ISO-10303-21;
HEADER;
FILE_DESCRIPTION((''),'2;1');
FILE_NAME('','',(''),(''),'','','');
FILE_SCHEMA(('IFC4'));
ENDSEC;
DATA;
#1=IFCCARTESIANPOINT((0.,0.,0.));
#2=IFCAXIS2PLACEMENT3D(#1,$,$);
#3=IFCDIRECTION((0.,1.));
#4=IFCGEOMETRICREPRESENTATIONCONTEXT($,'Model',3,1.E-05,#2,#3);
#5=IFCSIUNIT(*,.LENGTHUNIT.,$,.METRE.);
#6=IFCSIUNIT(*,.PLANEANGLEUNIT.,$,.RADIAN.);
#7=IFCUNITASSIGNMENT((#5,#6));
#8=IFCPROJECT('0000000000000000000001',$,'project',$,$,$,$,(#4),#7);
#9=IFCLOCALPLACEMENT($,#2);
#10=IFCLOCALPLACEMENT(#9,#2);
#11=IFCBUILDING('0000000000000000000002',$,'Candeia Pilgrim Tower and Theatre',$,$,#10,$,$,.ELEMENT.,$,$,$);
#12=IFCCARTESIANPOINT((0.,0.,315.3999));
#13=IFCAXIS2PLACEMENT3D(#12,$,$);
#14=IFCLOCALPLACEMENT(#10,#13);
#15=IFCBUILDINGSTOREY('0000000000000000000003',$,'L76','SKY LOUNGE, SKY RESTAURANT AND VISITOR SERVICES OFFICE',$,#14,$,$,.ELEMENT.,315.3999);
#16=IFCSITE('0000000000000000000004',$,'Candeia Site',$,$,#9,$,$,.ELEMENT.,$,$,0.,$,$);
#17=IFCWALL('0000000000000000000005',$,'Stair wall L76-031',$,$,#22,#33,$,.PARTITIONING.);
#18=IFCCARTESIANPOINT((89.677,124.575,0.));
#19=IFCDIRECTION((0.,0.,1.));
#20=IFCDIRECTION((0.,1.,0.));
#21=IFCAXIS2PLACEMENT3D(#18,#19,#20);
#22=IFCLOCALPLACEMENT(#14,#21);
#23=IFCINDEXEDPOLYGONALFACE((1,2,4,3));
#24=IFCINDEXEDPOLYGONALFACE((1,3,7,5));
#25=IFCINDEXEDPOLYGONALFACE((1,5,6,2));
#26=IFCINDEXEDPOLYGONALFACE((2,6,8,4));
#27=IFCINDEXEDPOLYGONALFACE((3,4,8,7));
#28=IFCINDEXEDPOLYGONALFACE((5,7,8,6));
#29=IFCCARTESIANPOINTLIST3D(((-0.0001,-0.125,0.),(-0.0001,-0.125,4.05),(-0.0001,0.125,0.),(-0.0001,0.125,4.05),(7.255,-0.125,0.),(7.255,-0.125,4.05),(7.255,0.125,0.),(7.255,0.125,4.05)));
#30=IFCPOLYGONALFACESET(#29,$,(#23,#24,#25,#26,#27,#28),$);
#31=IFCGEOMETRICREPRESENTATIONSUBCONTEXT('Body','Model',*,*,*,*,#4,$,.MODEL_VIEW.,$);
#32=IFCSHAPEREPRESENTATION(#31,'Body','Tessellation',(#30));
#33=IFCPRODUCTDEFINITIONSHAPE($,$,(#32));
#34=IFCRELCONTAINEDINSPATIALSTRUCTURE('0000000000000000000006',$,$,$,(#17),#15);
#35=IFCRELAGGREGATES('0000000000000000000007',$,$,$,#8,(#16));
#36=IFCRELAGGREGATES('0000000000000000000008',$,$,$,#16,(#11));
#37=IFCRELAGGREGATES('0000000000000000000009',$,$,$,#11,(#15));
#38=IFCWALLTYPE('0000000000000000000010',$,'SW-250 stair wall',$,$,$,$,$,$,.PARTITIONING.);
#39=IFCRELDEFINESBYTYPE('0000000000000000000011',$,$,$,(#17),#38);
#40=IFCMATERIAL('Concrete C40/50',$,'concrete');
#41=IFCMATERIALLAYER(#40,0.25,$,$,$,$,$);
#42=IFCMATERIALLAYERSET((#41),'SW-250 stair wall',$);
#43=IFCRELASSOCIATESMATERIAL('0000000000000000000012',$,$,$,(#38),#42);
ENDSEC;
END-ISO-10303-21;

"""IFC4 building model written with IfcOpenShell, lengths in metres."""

from ifc_helpers import new_model, si_unit, direction, frame, frame_2d, origin, place, context, subcontext, project, spatial, rectangle, extrude, material, layer, layer_set, type_object, element, save


model = new_model("IFC4")

# Units and contexts
model_context = context("Model", 3, precision=1e-05, world=origin(), true_north=direction((0.0, 1.0)))
body_context = subcontext(model_context, "Body", "Model", "MODEL_VIEW")
ifc_project = project(units=[si_unit("LENGTHUNIT", "METRE"), si_unit("PLANEANGLEUNIT", "RADIAN")], contexts=[model_context])

# Site, building, storey
site_placement = place(None, origin())
site = spatial("IfcSite", under=ifc_project, at=site_placement, Name="Candeia Site", CompositionType="ELEMENT", RefElevation=0.0)
building_placement = place(site_placement, origin())
building = spatial("IfcBuilding", under=site, at=building_placement, Name="Candeia Pilgrim Tower and Theatre", CompositionType="ELEMENT")
storey_placement = place(building_placement, frame((0.0, 0.0, 315.3999)))
storey = spatial("IfcBuildingStorey", under=building, at=storey_placement, Name="L76", Description="SKY LOUNGE, SKY RESTAURANT AND VISITOR SERVICES OFFICE", CompositionType="ELEMENT", Elevation=315.3999)

# Shared definitions
ifc_material_1 = material(Name="Concrete C40/50", Category="concrete")

# Wall
ifc_layer_1 = layer(ifc_material_1, 0.25)
ifc_layer_set_1 = layer_set([ifc_layer_1], Name="SW-250 stair wall")
wall_type_1 = type_object("IfcWallType", Name="SW-250 stair wall", PredefinedType="PARTITIONING", material=ifc_layer_set_1)
wall_1_placement = place(storey_placement, frame((89.677, 124.575, 0.0), z_axis=(0.0, 0.0, 1.0), x_axis=(0.0, 1.0, 0.0)))
element("IfcWall", 1, at=wall_1_placement, inside=storey, type_object=wall_type_1, Name="Stair wall L76-031", PredefinedType="PARTITIONING", context=body_context, shape_type="SweptSolid", body=[
    extrude(rectangle(XDim=7.2551, YDim=0.25, at=frame_2d((3.6274, 0.0))), origin(), (0.0, 0.0, 1.0), 4.05),
])

save(model, "model.ifc")
